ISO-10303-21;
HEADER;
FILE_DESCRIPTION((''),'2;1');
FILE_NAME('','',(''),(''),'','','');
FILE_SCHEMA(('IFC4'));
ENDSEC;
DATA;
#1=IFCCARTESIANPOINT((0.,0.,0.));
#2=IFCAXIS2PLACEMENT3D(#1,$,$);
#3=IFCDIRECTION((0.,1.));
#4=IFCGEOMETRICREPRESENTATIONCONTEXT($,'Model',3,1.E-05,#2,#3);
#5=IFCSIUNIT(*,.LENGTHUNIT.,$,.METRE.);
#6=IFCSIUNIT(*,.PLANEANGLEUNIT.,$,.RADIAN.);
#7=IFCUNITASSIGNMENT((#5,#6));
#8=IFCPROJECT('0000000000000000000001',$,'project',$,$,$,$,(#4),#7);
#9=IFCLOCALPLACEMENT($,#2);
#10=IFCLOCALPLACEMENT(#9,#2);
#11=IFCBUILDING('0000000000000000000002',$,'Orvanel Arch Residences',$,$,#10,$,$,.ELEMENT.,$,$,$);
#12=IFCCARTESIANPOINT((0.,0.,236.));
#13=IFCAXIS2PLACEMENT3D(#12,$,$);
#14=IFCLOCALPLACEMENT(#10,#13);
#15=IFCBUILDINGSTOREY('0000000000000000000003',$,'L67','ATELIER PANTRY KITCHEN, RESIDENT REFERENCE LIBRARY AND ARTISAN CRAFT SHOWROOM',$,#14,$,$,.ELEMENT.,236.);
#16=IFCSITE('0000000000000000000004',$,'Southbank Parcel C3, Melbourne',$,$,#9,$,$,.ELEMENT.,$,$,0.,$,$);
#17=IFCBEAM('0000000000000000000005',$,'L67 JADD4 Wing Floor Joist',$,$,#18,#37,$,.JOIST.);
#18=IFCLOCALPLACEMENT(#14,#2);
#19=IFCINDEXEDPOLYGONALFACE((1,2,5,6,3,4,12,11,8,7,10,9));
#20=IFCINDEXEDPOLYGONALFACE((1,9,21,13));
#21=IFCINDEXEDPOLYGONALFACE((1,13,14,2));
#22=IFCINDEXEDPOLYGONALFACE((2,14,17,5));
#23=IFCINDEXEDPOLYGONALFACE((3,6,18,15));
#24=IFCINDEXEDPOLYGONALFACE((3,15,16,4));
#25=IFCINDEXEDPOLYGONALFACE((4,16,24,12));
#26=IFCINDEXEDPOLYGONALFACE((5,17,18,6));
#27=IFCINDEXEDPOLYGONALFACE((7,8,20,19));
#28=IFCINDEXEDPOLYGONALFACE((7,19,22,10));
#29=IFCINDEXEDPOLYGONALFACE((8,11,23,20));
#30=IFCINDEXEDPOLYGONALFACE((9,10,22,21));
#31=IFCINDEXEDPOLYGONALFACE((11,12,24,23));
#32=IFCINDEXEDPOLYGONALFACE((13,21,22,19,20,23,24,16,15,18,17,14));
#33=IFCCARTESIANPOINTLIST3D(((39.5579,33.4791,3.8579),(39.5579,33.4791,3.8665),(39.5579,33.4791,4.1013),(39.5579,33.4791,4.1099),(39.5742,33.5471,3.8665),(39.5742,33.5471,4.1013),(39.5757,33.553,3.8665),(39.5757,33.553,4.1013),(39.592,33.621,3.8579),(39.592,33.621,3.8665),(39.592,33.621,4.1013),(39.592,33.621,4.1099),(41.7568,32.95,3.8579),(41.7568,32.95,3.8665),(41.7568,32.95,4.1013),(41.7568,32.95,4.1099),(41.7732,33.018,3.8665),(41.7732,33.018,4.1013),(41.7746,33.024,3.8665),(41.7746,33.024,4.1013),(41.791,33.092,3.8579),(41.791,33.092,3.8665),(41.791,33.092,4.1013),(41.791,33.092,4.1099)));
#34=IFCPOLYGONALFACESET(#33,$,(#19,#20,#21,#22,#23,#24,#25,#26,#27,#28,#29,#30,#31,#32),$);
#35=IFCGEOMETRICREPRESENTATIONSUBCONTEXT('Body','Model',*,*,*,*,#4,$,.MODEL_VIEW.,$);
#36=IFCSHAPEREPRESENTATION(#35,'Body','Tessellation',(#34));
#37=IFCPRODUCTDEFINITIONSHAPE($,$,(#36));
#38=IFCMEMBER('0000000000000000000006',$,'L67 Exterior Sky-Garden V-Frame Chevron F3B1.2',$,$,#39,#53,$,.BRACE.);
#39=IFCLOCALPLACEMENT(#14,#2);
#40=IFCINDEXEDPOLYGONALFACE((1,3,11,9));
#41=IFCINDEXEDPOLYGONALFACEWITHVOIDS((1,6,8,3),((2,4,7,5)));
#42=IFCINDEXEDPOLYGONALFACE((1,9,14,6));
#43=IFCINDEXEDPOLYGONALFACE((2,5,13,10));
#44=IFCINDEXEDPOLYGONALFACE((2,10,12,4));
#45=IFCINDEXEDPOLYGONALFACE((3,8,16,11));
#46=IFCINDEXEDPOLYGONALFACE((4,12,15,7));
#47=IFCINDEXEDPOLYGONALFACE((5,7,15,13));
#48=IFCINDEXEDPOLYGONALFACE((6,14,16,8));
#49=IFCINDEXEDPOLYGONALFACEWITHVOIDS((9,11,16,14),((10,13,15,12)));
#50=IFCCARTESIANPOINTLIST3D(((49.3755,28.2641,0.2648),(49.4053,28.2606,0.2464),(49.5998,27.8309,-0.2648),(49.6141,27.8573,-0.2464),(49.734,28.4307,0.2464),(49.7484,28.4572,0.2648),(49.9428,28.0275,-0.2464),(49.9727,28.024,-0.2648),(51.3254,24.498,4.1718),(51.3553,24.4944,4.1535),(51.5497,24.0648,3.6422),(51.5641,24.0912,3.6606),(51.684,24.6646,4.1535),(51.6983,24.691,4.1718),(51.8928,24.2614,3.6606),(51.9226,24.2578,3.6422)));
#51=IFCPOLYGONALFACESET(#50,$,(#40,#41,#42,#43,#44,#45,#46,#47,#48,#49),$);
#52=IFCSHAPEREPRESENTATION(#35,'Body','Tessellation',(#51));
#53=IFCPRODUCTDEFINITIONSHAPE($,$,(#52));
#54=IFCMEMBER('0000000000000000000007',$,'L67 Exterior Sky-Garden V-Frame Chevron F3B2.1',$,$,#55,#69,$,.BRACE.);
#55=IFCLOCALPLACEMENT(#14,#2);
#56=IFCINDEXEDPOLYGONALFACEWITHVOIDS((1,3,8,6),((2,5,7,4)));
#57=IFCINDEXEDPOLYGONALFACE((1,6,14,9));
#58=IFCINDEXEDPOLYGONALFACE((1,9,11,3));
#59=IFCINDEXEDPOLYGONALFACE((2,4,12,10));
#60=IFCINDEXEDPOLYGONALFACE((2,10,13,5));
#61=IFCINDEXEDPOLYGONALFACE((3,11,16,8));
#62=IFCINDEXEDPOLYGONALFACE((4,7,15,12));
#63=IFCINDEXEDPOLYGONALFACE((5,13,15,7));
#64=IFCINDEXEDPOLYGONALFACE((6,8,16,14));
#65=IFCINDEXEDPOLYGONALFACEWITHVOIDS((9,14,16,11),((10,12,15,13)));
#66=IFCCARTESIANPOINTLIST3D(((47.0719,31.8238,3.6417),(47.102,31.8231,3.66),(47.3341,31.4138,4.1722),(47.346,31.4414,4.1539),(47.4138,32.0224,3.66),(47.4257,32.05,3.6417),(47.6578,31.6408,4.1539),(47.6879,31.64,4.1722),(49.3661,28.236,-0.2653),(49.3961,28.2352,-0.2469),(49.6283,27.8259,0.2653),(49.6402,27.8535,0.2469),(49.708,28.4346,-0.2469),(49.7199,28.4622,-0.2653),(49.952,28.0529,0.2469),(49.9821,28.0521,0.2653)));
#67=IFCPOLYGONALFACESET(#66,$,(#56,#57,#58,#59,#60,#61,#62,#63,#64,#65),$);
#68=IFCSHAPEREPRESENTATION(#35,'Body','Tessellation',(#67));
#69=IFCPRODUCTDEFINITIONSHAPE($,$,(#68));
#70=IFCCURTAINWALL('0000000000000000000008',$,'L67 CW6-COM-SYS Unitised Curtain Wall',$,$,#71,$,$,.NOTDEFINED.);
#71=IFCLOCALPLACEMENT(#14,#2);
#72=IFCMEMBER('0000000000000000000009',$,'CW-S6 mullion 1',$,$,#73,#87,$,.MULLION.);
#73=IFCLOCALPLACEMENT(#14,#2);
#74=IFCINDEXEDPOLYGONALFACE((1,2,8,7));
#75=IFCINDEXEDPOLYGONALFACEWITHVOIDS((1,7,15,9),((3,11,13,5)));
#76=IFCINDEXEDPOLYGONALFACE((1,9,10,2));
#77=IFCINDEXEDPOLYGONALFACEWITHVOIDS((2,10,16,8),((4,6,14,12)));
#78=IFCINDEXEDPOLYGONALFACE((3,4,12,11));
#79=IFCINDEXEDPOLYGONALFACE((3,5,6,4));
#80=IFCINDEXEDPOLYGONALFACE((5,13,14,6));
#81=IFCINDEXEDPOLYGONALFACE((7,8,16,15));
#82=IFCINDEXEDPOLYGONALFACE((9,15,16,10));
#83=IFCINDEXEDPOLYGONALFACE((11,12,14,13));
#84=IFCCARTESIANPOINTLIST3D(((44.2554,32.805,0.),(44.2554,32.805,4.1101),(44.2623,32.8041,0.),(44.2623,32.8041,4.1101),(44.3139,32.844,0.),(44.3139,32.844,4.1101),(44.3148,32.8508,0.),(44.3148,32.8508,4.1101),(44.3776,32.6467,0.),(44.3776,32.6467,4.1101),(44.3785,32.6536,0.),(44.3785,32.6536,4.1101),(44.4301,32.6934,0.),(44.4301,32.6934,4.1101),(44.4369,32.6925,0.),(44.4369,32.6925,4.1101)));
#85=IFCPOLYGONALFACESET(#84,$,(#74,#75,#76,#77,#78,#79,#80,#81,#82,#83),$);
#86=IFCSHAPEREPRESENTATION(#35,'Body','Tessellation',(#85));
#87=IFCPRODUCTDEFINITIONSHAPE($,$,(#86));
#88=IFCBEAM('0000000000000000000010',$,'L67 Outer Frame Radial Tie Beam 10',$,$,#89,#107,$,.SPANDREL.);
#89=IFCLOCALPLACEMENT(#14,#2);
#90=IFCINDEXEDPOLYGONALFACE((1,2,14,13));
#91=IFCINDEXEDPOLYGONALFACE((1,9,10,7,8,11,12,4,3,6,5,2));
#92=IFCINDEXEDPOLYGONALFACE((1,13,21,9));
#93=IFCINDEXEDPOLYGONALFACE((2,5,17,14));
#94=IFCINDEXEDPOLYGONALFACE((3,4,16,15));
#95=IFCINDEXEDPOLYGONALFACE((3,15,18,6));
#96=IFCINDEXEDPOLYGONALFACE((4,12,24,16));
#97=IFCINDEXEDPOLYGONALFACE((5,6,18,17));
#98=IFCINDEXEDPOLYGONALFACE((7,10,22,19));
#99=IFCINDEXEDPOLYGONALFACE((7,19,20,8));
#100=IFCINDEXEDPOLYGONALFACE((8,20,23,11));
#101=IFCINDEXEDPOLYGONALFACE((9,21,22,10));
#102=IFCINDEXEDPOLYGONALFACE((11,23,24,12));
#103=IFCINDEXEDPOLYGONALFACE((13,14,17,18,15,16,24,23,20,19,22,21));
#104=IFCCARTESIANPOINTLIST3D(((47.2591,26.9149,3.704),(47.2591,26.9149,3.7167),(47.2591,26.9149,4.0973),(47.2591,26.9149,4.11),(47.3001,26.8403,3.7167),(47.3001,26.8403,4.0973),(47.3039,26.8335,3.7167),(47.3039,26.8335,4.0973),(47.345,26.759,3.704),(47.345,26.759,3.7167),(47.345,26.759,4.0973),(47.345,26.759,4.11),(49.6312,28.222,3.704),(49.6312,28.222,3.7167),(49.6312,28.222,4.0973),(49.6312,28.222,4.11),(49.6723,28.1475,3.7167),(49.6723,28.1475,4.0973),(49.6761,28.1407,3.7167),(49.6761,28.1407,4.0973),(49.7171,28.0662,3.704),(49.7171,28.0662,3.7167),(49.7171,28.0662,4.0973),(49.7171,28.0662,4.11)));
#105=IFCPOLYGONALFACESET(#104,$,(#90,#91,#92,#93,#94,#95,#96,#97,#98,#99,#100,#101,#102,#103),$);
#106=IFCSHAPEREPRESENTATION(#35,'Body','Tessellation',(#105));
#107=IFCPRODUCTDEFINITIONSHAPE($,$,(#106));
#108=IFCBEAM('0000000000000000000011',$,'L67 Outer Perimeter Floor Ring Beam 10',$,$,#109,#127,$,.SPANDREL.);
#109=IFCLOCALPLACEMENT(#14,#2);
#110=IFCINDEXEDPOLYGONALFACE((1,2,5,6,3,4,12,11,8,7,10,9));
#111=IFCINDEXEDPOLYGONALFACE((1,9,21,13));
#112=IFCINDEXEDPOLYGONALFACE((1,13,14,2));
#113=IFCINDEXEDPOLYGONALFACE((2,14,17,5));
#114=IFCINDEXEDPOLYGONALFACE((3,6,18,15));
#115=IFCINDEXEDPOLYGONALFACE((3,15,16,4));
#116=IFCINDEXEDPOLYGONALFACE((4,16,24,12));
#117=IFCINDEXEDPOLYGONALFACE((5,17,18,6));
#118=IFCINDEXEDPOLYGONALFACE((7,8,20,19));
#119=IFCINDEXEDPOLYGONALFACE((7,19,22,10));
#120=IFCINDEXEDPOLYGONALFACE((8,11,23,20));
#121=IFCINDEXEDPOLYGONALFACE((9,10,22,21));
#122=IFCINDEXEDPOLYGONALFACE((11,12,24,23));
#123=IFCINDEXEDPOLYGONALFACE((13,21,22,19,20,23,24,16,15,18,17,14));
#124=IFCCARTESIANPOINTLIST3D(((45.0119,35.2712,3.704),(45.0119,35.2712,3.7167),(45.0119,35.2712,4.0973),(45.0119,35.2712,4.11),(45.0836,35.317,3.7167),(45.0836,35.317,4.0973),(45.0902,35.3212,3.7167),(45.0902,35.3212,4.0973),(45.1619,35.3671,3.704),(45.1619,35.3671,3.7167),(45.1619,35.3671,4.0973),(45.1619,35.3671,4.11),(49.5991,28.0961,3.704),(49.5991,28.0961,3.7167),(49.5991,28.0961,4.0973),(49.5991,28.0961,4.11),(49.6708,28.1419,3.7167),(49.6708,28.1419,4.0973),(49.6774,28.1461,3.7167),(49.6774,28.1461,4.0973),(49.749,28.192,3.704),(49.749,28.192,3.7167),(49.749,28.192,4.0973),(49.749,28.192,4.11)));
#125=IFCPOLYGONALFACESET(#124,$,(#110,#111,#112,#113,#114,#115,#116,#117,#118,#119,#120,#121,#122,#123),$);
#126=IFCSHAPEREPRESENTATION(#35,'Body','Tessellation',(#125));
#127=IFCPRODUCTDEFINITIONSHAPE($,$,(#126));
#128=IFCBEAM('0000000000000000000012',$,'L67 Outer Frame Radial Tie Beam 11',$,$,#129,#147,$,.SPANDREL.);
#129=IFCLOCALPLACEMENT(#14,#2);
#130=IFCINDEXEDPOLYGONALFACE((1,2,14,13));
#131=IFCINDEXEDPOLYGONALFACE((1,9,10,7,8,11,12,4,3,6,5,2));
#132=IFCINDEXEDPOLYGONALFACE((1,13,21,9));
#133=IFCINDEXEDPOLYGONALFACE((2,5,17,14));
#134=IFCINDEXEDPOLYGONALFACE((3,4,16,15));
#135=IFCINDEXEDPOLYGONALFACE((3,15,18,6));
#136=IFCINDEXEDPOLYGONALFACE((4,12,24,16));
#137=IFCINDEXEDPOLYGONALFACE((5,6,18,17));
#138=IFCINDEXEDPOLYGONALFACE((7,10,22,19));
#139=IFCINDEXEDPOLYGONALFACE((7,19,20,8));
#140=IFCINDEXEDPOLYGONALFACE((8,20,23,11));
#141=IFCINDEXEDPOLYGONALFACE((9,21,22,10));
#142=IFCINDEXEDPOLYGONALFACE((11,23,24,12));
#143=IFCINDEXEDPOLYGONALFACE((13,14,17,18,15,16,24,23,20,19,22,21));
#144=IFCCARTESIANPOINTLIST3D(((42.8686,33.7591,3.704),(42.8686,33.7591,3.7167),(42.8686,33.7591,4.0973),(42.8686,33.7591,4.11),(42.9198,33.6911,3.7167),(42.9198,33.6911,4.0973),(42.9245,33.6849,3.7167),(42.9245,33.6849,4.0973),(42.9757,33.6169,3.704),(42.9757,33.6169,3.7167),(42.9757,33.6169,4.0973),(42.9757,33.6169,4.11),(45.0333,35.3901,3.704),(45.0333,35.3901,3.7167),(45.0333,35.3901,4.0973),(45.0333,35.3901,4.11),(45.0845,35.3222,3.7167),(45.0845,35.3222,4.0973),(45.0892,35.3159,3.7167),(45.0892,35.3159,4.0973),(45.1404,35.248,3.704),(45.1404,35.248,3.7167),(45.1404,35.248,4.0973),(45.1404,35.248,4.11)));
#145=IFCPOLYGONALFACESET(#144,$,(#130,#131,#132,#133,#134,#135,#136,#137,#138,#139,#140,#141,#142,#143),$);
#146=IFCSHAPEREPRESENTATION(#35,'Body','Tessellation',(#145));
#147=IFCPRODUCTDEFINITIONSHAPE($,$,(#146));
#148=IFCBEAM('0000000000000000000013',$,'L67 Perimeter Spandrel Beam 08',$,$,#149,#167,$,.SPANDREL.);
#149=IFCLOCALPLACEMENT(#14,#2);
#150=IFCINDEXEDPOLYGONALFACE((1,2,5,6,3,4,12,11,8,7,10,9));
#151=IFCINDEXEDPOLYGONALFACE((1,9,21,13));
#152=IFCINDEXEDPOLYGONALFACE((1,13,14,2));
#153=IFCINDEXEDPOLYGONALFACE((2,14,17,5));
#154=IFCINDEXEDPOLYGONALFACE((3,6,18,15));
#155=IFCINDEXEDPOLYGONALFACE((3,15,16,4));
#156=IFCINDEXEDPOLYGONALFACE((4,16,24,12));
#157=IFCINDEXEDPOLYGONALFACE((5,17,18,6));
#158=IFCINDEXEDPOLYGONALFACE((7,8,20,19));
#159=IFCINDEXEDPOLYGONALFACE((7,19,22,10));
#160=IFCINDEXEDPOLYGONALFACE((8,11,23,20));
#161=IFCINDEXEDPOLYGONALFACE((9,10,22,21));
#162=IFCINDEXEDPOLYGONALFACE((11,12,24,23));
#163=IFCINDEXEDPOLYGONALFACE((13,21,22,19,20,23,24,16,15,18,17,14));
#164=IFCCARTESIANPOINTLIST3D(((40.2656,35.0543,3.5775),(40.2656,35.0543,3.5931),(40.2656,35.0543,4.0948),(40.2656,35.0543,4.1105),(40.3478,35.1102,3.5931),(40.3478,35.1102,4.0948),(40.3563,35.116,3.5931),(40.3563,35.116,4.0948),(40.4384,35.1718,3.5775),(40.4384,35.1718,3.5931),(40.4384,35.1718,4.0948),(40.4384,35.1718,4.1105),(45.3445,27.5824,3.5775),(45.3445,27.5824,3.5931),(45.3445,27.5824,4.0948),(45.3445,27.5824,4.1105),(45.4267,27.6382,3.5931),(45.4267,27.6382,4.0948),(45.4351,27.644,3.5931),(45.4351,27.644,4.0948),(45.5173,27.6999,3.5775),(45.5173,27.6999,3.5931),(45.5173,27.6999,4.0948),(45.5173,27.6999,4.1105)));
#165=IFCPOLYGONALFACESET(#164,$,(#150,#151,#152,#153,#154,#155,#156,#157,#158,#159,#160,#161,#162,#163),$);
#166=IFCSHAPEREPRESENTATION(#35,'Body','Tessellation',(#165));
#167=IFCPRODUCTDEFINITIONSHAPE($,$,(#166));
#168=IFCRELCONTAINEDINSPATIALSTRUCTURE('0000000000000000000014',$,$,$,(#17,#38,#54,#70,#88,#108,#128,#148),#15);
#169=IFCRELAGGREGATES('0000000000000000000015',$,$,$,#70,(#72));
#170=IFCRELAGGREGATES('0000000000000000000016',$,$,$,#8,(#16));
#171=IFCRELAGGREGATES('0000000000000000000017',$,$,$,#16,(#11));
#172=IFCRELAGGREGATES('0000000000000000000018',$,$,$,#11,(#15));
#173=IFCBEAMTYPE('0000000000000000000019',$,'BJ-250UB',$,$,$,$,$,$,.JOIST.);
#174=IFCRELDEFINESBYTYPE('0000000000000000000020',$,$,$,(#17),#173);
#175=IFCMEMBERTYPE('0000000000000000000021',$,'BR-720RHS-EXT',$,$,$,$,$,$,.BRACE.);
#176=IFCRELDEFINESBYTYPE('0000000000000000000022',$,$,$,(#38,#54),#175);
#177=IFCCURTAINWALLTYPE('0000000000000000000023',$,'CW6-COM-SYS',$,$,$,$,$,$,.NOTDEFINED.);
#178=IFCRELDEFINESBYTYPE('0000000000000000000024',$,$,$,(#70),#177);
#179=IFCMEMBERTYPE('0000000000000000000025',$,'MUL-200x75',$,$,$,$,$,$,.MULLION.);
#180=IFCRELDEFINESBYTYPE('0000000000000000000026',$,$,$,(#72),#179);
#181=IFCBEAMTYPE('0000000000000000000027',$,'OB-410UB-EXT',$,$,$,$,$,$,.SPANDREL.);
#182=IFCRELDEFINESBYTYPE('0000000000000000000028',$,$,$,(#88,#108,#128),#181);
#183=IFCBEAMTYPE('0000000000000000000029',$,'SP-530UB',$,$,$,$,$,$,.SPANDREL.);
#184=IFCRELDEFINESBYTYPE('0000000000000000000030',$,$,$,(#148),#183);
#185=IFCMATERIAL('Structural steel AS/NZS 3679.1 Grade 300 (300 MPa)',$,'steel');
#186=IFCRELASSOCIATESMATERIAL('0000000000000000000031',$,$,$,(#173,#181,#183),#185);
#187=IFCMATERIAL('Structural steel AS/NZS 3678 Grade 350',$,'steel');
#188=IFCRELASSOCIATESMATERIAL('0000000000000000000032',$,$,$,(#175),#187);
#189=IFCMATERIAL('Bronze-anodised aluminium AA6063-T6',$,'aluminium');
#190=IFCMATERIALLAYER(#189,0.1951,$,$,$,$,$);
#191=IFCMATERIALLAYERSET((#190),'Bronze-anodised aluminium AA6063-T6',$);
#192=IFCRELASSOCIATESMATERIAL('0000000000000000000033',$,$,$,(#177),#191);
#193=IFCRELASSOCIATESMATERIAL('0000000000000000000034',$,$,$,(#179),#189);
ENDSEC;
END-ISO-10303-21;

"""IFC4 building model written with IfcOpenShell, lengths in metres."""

from ifc_helpers import new_model, si_unit, direction, frame, origin, origin_2d, place, context, subcontext, project, spatial, hollow_rectangle, i_section, extrude, material, layer, layer_set, material_profile, profile_set, type_object, element, aggregate, save


model = new_model("IFC4")

# Units and contexts
model_context = context("Model", 3, precision=1e-05, world=origin(), true_north=direction((0.0, 1.0)))
body_context = subcontext(model_context, "Body", "Model", "MODEL_VIEW")
ifc_project = project(units=[si_unit("LENGTHUNIT", "METRE"), si_unit("PLANEANGLEUNIT", "RADIAN")], contexts=[model_context])

# Site, building, storey
site_placement = place(None, origin())
site = spatial("IfcSite", under=ifc_project, at=site_placement, Name="Southbank Parcel C3, Melbourne", CompositionType="ELEMENT", RefElevation=0.0)
building_placement = place(site_placement, origin())
building = spatial("IfcBuilding", under=site, at=building_placement, Name="Orvanel Arch Residences", CompositionType="ELEMENT")
storey_placement = place(building_placement, frame((0.0, 0.0, 236.0)))
storey = spatial("IfcBuildingStorey", under=building, at=storey_placement, Name="L67", Description="ATELIER PANTRY KITCHEN, RESIDENT REFERENCE LIBRARY AND ARTISAN CRAFT SHOWROOM", CompositionType="ELEMENT", Elevation=236.0)

# Beam
ifc_material_1 = material(Name="Structural steel AS/NZS 3679.1 Grade 300 (300 MPa)", Category="steel")
ifc_material_profile_1 = material_profile(ifc_material_1, i_section(OverallWidth=0.146, OverallDepth=0.252, WebThickness=0.0061, FlangeThickness=0.0085, at=origin_2d()), Name="250UB31.4")
ifc_profile_set_1 = profile_set([ifc_material_profile_1], Name="Structural steel AS/NZS 3679.1 Grade 300 (300 MPa)")
beam_type_1 = type_object("IfcBeamType", Name="BJ-250UB", PredefinedType="JOIST", material=ifc_profile_set_1)
beam_1_placement = place(storey_placement, frame((39.575, 33.55, 3.9839), z_axis=(0.972257, -0.233916, 0.0), x_axis=(0.233916, 0.972257, 0.0)))
element("IfcBeam", 1, at=beam_1_placement, inside=storey, type_object=beam_type_1, Name="L67 JADD4 Wing Floor Joist", PredefinedType="JOIST", context=body_context, shape_type="SweptSolid", body=[
    extrude(i_section(OverallWidth=0.146, OverallDepth=0.252, WebThickness=0.0061, FlangeThickness=0.0085, at=origin_2d()), origin(), (0.0, 0.0, 1.0), 2.2617),
])

# Members
ifc_material_2 = material(Name="Structural steel AS/NZS 3678 Grade 350", Category="steel")
ifc_material_profile_2 = material_profile(ifc_material_2, hollow_rectangle(XDim=0.4199, YDim=0.72, WallThickness=0.0249, at=origin_2d()), Name="RHS720x420x25")
ifc_profile_set_2 = profile_set([ifc_material_profile_2], Name="Structural steel AS/NZS 3678 Grade 350")
member_type_1 = type_object("IfcMemberType", Name="BR-720RHS-EXT", PredefinedType="BRACE", material=ifc_profile_set_2)
member_1_placement = place(storey_placement, frame((49.6741, 28.144, 0.0), z_axis=(0.338162, -0.653123, 0.677552), x_axis=(0.888029, 0.459788, 0.0)))
element("IfcMember", 2, at=member_1_placement, inside=storey, type_object=member_type_1, Name="L67 Exterior Sky-Garden V-Frame Chevron F3B1.2", PredefinedType="BRACE", context=body_context, shape_type="SweptSolid", body=[
    extrude(hollow_rectangle(XDim=0.4199, YDim=0.72, WallThickness=0.0249, at=origin_2d()), origin(), (0.0, 0.0, 1.0), 5.7664),
])
member_2_placement = place(storey_placement, frame((49.6741, 28.144, 0.0), z_axis=(-0.396964, 0.620813, 0.676026), x_axis=(-0.842491, -0.53871, 0.0)))
element("IfcMember", 3, at=member_2_placement, inside=storey, type_object=member_type_1, Name="L67 Exterior Sky-Garden V-Frame Chevron F3B2.1", PredefinedType="BRACE", context=body_context, shape_type="SweptSolid", body=[
    extrude(hollow_rectangle(XDim=0.4199, YDim=0.72, WallThickness=0.0249, at=origin_2d()), origin(), (0.0, 0.0, 1.0), 5.7793),
])

# Curtain wall, member
ifc_material_3 = material(Name="Bronze-anodised aluminium AA6063-T6", Category="aluminium")
ifc_layer_1 = layer(ifc_material_3, 0.1951)
ifc_layer_set_1 = layer_set([ifc_layer_1], Name="Bronze-anodised aluminium AA6063-T6")
curtain_wall_type = type_object("IfcCurtainWallType", Name="CW6-COM-SYS", PredefinedType="NOTDEFINED", material=ifc_layer_set_1)
curtain_wall_placement = place(storey_placement, origin())
curtain_wall = element("IfcCurtainWall", 4, at=curtain_wall_placement, inside=storey, type_object=curtain_wall_type, Name="L67 CW6-COM-SYS Unitised Curtain Wall", PredefinedType="NOTDEFINED")
ifc_material_profile_3 = material_profile(ifc_material_3, hollow_rectangle(XDim=0.075, YDim=0.2, WallThickness=0.0049, at=origin_2d()), Name="ALU200x75x5")
ifc_profile_set_3 = profile_set([ifc_material_profile_3], Name="Bronze-anodised aluminium AA6063-T6")
member_type_2 = type_object("IfcMemberType", Name="MUL-200x75", PredefinedType="MULLION", material=ifc_profile_set_3)
member_3_placement = place(storey_placement, frame((44.3462, 32.7488, 0.0), z_axis=(0.0, 0.0, 1.0), x_axis=(-0.791648, -0.610978, 0.0)))
member_3 = element("IfcMember", 5, at=member_3_placement, type_object=member_type_2, Name="CW-S6 mullion 1", PredefinedType="MULLION", context=body_context, shape_type="SweptSolid", body=[
    extrude(hollow_rectangle(XDim=0.075, YDim=0.2, WallThickness=0.0049, at=origin_2d()), origin(), (0.0, 0.0, 1.0), 4.1101),
])

# Beams
ifc_material_profile_4 = material_profile(ifc_material_1, i_section(OverallWidth=0.178, OverallDepth=0.406, WebThickness=0.0078, FlangeThickness=0.0127, at=origin_2d()), Name="410UB59.7")
ifc_profile_set_4 = profile_set([ifc_material_profile_4], Name="Structural steel AS/NZS 3679.1 Grade 300 (300 MPa)")
beam_type_2 = type_object("IfcBeamType", Name="OB-410UB-EXT", PredefinedType="SPANDREL", material=ifc_profile_set_4)
beam_2_placement = place(storey_placement, frame((47.302, 26.8369, 3.907), z_axis=(0.875827, 0.482625, 0.0), x_axis=(-0.482625, 0.875827, 0.0)))
element("IfcBeam", 6, at=beam_2_placement, inside=storey, type_object=beam_type_2, Name="L67 Outer Frame Radial Tie Beam 10", PredefinedType="SPANDREL", context=body_context, shape_type="SweptSolid", body=[
    extrude(i_section(OverallWidth=0.178, OverallDepth=0.406, WebThickness=0.0078, FlangeThickness=0.0127, at=origin_2d()), origin(), (0.0, 0.0, 1.0), 2.7085),
])
beam_3_placement = place(storey_placement, frame((49.6741, 28.144, 3.907), z_axis=(-0.538648, 0.842531, 0.0), x_axis=(-0.842531, -0.538648, 0.0)))
element("IfcBeam", 7, at=beam_3_placement, inside=storey, type_object=beam_type_2, Name="L67 Outer Perimeter Floor Ring Beam 10", PredefinedType="SPANDREL", context=body_context, shape_type="SweptSolid", body=[
    extrude(i_section(OverallWidth=0.178, OverallDepth=0.406, WebThickness=0.0078, FlangeThickness=0.0127, at=origin_2d()), origin(), (0.0, 0.0, 1.0), 8.5161),
])
beam_4_placement = place(storey_placement, frame((42.9221, 33.688, 3.907), z_axis=(0.798669, 0.601771, 0.0), x_axis=(-0.601771, 0.798669, 0.0)))
element("IfcBeam", 8, at=beam_4_placement, inside=storey, type_object=beam_type_2, Name="L67 Outer Frame Radial Tie Beam 11", PredefinedType="SPANDREL", context=body_context, shape_type="SweptSolid", body=[
    extrude(i_section(OverallWidth=0.178, OverallDepth=0.406, WebThickness=0.0078, FlangeThickness=0.0127, at=origin_2d()), origin(), (0.0, 0.0, 1.0), 2.7104),
])
ifc_material_profile_5 = material_profile(ifc_material_1, i_section(OverallWidth=0.209, OverallDepth=0.533, WebThickness=0.0103, FlangeThickness=0.0156, at=origin_2d()), Name="530UB92.4")
ifc_profile_set_5 = profile_set([ifc_material_profile_5], Name="Structural steel AS/NZS 3679.1 Grade 300 (300 MPa)")
beam_type_3 = type_object("IfcBeamType", Name="SP-530UB", PredefinedType="SPANDREL", material=ifc_profile_set_5)
beam_5_placement = place(storey_placement, frame((45.4309, 27.6411, 3.844), z_axis=(-0.562155, 0.827032, 0.0), x_axis=(-0.827032, -0.562155, 0.0)))
element("IfcBeam", 9, at=beam_5_placement, inside=storey, type_object=beam_type_3, Name="L67 Perimeter Spandrel Beam 08", PredefinedType="SPANDREL", context=body_context, shape_type="SweptSolid", body=[
    extrude(i_section(OverallWidth=0.209, OverallDepth=0.533, WebThickness=0.0103, FlangeThickness=0.0156, at=origin_2d()), origin(), (0.0, 0.0, 1.0), 9.0347),
])

aggregate(curtain_wall, [member_3])

save(model, "model.ifc")
